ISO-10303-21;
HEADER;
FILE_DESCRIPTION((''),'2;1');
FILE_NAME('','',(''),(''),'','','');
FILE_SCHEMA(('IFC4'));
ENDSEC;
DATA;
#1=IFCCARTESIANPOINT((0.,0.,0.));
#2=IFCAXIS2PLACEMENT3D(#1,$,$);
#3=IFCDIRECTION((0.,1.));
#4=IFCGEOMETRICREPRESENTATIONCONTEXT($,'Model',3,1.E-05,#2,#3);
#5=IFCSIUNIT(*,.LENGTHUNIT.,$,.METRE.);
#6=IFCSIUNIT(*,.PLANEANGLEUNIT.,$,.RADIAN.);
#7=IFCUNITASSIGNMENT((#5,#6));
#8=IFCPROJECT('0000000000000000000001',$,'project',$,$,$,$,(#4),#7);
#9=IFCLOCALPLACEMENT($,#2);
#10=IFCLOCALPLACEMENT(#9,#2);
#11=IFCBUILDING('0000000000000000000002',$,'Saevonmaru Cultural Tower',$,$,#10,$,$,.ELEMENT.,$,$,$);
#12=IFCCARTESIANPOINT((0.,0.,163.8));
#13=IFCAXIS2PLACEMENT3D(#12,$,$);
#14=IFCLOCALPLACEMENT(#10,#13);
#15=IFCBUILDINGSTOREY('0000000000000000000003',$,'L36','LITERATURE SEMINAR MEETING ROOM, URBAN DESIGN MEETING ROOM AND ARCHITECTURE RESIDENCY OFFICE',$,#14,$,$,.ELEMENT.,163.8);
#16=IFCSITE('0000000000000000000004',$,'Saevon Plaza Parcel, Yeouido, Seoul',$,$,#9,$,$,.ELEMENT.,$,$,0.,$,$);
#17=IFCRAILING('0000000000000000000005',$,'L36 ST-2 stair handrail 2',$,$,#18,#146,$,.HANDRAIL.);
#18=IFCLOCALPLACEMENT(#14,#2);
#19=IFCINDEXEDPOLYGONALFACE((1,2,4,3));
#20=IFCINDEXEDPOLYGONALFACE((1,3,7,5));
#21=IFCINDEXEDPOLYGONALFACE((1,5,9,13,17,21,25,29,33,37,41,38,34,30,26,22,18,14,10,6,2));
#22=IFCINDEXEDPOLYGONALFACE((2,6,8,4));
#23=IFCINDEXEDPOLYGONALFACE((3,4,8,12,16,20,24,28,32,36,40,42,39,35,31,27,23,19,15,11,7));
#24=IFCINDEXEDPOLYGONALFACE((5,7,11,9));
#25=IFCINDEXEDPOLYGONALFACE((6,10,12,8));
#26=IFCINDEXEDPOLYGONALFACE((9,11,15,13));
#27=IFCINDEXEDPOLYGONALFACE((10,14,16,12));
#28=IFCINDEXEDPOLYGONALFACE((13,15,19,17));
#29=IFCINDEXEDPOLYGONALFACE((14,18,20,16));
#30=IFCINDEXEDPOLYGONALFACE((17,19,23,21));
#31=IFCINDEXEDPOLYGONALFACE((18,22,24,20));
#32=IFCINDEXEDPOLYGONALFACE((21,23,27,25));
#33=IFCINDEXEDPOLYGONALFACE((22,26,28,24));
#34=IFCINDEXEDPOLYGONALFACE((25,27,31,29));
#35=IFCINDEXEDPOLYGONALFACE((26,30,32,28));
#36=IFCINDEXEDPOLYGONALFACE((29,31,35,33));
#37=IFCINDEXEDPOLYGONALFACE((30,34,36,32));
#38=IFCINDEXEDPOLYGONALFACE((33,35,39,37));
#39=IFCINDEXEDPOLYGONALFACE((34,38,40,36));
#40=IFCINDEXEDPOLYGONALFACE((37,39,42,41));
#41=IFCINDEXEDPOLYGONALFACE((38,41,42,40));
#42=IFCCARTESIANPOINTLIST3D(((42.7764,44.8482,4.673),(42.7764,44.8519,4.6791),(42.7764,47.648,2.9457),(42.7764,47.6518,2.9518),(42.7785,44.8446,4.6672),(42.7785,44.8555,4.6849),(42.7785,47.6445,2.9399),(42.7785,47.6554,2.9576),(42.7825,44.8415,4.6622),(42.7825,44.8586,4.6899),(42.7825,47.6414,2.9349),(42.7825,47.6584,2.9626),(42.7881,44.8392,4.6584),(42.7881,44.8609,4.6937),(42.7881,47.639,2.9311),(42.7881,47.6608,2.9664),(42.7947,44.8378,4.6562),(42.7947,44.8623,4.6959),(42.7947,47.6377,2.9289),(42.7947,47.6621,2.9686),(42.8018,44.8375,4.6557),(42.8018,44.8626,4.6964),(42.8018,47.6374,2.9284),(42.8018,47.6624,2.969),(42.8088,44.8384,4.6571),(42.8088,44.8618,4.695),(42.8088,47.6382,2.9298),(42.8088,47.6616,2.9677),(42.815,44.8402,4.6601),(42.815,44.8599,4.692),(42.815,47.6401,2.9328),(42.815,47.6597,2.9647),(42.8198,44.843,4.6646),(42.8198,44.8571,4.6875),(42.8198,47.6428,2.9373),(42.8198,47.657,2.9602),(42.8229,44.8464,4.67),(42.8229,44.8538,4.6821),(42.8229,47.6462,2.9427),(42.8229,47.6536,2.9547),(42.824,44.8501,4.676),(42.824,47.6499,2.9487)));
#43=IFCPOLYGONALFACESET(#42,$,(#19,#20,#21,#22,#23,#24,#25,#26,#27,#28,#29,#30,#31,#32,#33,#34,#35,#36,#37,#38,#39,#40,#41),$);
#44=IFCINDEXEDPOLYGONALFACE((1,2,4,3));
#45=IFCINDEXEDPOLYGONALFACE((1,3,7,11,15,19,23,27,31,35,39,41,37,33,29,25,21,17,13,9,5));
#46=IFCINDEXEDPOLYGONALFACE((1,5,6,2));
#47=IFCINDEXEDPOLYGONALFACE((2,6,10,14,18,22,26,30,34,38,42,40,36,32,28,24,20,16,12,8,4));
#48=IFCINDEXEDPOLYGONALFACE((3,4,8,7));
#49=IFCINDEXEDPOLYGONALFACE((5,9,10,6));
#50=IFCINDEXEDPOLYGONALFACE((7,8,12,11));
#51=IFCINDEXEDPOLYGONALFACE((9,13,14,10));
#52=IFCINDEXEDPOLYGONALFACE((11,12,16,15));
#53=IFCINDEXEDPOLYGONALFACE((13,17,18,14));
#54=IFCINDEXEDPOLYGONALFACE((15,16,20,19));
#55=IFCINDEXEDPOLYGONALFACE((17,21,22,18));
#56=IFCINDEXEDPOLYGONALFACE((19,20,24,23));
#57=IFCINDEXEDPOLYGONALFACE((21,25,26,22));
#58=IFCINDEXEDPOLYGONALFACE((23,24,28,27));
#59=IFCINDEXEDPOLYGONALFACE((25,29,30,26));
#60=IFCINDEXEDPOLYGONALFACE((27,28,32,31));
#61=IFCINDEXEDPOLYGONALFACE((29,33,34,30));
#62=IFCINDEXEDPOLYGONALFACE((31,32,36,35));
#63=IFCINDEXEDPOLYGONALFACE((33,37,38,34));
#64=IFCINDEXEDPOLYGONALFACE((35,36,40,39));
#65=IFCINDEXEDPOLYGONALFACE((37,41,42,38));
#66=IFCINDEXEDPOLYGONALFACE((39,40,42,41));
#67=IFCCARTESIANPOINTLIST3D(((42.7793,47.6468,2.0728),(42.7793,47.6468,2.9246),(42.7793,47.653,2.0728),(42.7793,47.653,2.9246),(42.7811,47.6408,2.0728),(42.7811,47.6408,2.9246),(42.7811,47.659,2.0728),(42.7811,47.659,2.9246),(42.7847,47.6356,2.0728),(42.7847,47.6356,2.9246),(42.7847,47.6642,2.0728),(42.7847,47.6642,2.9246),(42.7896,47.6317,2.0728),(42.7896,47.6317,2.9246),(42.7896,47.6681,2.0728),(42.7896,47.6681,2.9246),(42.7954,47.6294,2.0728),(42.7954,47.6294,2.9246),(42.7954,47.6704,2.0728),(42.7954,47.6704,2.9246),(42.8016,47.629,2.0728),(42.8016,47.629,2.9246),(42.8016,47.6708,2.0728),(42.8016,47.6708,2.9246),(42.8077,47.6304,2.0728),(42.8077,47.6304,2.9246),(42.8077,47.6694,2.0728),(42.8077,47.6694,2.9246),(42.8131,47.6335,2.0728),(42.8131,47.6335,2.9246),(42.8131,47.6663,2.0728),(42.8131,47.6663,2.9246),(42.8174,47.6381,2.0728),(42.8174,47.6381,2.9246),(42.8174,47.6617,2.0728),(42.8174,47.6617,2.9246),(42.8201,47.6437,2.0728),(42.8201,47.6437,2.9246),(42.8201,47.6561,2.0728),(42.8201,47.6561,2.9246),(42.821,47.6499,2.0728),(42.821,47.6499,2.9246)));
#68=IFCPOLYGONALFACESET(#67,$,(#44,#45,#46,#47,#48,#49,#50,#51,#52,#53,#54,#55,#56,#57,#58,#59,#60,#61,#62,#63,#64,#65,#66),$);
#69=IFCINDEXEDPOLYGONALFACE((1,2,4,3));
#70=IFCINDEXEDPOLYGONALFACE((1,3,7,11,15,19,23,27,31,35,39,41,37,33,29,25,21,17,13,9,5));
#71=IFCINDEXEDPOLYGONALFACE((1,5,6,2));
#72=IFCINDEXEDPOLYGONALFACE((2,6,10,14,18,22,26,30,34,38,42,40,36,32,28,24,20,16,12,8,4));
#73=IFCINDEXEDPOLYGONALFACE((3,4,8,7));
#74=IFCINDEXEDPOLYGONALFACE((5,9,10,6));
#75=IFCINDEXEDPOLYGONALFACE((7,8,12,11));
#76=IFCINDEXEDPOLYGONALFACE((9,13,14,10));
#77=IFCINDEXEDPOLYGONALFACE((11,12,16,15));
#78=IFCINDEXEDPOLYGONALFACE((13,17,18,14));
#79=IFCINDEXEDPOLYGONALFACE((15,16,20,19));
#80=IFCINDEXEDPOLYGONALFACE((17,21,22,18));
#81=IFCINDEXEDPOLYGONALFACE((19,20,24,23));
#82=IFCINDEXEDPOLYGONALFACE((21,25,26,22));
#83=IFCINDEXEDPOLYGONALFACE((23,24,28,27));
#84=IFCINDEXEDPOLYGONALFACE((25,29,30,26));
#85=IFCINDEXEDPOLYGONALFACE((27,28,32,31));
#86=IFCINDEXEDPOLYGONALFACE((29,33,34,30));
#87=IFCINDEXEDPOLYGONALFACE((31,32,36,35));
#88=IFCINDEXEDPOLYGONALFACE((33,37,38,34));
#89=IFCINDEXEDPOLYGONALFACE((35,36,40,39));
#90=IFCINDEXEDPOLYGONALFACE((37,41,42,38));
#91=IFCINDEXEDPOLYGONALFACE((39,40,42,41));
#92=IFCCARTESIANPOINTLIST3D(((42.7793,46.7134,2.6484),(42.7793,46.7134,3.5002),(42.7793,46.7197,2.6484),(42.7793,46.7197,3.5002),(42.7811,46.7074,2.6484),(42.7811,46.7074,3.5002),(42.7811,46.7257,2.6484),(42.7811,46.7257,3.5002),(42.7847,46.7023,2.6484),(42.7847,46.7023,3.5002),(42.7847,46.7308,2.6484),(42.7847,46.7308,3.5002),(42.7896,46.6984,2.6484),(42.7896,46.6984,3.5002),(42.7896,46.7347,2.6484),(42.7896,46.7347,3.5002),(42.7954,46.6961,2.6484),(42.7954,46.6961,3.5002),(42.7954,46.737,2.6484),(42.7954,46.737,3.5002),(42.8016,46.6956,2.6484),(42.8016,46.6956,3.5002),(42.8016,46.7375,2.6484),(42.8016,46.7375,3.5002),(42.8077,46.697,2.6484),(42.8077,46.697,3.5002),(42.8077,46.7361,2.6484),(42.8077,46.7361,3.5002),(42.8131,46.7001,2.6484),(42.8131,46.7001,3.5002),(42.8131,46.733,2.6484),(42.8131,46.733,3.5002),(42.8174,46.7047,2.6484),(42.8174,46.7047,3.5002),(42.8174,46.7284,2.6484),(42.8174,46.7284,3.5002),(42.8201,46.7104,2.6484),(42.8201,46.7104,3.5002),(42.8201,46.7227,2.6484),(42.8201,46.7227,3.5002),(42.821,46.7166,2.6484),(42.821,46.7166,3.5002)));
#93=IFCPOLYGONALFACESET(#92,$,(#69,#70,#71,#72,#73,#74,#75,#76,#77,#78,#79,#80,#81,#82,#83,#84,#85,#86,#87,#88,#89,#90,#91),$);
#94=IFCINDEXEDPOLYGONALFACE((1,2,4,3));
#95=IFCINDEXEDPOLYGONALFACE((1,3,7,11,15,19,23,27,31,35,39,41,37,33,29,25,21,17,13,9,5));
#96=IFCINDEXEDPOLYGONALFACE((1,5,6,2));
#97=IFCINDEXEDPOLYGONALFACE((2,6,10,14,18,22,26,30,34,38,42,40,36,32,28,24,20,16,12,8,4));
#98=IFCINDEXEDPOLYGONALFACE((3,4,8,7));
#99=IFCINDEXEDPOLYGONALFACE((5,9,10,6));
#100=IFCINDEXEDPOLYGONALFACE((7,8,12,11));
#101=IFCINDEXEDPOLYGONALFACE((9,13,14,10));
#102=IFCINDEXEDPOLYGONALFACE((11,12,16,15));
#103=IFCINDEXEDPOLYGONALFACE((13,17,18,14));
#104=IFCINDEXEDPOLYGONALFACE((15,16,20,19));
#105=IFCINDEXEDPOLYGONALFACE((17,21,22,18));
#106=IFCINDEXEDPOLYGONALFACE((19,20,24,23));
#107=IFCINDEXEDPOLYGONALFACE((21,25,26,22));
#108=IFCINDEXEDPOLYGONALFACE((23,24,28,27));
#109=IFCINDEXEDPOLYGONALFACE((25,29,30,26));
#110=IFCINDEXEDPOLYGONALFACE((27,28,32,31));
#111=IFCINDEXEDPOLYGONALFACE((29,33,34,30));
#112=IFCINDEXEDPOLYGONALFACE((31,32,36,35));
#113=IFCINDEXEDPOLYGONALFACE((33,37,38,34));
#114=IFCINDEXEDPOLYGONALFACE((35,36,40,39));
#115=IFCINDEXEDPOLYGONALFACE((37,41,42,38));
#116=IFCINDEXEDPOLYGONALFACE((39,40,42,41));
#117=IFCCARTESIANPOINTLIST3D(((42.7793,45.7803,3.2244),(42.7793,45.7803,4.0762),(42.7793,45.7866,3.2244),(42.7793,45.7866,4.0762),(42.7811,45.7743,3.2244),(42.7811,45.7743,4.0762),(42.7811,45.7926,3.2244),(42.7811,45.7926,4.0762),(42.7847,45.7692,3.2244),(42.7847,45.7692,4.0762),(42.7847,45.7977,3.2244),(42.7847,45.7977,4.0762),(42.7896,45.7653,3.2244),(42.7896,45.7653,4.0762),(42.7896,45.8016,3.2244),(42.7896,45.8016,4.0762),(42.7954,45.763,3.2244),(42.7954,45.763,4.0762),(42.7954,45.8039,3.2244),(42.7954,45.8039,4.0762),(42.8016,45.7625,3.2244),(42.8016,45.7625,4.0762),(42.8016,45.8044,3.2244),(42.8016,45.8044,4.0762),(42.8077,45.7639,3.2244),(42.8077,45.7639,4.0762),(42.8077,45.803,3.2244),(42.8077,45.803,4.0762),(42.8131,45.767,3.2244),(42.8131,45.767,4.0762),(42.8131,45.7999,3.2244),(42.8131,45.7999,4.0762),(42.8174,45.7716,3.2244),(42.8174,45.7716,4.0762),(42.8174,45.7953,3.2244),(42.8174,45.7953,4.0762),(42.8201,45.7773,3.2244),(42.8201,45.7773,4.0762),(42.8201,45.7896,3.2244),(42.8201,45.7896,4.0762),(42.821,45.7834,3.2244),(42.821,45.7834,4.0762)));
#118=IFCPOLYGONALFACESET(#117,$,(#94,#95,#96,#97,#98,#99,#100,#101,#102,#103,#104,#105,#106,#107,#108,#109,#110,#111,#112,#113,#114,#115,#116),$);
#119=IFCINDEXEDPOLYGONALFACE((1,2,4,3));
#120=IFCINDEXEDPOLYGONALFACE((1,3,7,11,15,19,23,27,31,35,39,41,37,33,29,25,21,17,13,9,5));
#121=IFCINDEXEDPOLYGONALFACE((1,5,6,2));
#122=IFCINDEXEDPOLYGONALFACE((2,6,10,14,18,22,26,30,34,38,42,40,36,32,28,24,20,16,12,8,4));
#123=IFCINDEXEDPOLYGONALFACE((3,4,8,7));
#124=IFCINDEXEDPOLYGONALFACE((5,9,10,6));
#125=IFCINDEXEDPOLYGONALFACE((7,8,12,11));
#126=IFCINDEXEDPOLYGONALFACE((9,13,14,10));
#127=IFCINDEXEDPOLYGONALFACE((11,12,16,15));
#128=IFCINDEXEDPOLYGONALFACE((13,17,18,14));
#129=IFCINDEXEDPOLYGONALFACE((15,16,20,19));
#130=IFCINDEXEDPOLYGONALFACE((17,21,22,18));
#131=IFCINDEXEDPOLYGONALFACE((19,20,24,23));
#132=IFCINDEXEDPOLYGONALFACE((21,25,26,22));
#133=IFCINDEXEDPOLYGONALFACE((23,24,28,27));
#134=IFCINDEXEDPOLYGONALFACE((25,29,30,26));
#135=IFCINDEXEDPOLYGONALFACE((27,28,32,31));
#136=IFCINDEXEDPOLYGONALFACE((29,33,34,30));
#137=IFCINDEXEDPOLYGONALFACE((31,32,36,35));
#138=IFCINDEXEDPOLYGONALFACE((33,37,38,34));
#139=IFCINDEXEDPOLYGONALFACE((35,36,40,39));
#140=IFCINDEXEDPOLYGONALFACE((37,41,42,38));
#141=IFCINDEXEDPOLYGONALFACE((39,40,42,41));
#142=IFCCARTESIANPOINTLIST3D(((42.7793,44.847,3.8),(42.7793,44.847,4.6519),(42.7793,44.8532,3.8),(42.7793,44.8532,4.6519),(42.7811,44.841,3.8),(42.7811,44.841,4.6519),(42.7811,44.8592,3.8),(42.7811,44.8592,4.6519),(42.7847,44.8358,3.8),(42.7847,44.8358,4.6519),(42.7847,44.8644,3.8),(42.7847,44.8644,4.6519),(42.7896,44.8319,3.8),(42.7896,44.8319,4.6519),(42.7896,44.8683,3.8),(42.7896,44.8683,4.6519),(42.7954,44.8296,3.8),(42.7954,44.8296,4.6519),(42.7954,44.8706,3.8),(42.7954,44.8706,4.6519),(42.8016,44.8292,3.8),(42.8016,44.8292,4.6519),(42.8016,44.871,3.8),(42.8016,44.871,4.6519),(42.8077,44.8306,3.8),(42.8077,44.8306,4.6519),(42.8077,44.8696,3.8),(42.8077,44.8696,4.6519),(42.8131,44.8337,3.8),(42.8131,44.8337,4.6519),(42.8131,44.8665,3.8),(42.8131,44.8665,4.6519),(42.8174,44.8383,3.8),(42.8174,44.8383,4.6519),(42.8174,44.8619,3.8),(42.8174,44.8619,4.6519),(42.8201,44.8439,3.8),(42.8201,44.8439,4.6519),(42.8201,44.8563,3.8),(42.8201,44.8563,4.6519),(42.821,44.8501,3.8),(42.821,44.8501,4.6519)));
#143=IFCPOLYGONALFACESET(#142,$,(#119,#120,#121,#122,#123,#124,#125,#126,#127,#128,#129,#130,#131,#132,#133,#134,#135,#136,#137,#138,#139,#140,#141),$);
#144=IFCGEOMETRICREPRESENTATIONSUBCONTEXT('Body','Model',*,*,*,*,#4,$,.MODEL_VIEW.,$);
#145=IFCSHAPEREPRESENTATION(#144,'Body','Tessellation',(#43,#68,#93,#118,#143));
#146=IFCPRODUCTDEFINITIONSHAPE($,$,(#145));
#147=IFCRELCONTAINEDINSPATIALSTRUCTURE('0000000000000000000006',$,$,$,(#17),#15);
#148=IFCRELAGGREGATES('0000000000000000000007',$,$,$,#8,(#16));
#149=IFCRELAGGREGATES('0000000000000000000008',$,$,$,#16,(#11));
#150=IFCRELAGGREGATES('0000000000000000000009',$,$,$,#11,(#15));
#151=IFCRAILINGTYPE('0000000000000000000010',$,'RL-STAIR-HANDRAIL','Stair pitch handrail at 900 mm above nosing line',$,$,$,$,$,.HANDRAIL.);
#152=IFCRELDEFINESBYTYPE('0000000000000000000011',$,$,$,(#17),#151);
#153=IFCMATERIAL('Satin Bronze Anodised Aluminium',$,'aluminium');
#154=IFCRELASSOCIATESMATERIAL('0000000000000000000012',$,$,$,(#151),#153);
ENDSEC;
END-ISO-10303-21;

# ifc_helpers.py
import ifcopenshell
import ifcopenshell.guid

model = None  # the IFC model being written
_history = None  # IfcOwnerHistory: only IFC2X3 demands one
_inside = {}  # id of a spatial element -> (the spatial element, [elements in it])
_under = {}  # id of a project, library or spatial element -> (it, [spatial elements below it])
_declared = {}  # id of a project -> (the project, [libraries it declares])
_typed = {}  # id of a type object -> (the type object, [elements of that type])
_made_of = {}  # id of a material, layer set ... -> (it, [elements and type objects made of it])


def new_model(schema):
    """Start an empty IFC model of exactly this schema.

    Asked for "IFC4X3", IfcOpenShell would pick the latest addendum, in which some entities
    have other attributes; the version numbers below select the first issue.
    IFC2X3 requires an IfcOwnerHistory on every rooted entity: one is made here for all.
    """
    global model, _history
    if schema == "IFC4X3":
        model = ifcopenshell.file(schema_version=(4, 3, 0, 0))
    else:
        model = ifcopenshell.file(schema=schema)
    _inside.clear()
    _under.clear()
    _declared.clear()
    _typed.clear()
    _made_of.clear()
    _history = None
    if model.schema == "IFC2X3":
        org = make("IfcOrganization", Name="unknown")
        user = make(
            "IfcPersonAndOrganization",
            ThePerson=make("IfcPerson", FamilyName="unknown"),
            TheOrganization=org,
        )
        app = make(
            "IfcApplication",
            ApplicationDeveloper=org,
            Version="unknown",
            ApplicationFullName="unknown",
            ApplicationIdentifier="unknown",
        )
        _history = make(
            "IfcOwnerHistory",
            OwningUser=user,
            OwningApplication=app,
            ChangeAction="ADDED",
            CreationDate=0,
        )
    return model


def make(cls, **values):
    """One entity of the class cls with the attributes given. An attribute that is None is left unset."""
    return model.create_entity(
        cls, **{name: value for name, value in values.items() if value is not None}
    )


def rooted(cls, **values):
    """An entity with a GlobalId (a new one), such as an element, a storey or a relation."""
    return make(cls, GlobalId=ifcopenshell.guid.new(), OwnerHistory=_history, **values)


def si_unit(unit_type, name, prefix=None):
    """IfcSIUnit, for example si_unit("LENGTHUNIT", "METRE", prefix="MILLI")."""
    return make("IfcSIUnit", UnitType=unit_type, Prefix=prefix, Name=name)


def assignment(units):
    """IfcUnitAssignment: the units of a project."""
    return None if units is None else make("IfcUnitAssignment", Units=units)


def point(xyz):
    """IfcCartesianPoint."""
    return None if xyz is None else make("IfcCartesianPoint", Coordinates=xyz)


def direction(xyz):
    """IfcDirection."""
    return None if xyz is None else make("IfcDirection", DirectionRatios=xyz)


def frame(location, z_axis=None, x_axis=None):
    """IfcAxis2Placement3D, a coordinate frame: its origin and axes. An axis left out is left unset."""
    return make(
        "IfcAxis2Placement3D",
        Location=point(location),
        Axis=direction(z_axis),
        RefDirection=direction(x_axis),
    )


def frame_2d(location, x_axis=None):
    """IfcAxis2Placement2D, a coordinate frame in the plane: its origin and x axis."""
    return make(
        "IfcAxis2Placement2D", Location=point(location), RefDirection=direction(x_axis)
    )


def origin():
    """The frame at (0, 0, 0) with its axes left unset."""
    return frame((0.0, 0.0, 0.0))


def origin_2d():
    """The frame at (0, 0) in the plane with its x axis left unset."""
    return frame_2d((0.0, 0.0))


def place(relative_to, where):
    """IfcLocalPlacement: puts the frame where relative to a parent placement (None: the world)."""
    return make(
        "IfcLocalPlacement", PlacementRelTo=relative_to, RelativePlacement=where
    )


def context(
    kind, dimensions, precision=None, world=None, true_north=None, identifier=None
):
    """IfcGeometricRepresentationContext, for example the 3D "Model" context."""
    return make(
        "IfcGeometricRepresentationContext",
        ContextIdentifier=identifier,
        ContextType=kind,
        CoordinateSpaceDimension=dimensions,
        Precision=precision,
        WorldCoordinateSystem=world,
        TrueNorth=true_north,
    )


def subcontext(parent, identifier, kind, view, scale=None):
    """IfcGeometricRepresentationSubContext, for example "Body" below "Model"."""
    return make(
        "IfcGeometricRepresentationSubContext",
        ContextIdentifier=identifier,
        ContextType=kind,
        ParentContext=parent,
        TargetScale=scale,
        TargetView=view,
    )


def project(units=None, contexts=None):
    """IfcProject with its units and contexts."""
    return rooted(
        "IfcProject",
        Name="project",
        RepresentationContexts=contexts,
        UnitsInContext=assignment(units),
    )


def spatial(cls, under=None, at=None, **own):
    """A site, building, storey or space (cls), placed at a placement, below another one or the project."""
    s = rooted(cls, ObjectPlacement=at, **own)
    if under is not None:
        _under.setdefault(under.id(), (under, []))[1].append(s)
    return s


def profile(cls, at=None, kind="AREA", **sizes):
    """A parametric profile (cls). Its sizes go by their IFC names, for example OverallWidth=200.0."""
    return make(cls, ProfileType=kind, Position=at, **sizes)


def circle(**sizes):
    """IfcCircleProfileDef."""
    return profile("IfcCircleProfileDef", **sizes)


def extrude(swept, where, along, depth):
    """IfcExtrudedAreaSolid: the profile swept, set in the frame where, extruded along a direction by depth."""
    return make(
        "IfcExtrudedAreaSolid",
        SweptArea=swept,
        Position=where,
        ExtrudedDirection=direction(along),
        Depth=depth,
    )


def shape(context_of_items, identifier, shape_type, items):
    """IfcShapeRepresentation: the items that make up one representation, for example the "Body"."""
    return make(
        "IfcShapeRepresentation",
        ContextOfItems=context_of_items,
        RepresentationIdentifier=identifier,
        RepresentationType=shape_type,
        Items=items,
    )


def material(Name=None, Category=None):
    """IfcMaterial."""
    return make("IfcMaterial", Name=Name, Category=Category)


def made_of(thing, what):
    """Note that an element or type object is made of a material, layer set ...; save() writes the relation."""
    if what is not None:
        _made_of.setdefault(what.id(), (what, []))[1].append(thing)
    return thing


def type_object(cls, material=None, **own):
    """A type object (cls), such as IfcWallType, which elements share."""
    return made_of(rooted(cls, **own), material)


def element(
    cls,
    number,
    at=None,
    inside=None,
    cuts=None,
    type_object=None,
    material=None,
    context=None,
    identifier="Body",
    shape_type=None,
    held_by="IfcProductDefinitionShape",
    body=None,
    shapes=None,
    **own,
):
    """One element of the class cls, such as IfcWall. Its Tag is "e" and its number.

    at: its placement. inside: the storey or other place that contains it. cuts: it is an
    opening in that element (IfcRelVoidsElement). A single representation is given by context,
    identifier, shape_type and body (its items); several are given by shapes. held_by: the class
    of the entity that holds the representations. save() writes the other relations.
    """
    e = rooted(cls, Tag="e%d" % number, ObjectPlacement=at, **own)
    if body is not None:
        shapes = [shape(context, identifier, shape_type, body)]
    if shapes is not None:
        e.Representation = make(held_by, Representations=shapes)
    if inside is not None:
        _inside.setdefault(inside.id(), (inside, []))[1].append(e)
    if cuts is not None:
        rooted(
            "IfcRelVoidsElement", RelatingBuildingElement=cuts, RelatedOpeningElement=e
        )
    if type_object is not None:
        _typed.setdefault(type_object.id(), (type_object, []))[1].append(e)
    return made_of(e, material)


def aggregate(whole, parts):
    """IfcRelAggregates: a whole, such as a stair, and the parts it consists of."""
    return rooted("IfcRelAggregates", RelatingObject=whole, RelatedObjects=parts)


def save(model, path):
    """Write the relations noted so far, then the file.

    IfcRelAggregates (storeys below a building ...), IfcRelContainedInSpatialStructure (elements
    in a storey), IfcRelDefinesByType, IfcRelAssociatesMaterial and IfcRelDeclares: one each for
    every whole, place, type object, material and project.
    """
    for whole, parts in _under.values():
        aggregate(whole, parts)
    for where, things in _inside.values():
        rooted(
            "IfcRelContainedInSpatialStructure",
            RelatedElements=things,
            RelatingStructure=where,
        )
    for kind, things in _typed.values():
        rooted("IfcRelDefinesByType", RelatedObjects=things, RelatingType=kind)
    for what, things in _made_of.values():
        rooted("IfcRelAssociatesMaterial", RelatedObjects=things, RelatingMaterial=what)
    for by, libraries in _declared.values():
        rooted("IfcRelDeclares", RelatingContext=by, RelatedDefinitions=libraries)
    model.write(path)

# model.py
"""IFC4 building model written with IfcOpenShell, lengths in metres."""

from ifc_helpers import new_model, si_unit, direction, frame, origin, origin_2d, place, context, subcontext, project, spatial, circle, extrude, material, type_object, element, save


model = new_model("IFC4")

# Units and contexts
model_context = context("Model", 3, precision=1e-05, world=origin(), true_north=direction((0.0, 1.0)))
body_context = subcontext(model_context, "Body", "Model", "MODEL_VIEW")
ifc_project = project(units=[si_unit("LENGTHUNIT", "METRE"), si_unit("PLANEANGLEUNIT", "RADIAN")], contexts=[model_context])

# Site, building, storey
site_placement = place(None, origin())
site = spatial("IfcSite", under=ifc_project, at=site_placement, Name="Saevon Plaza Parcel, Yeouido, Seoul", CompositionType="ELEMENT", RefElevation=0.0)
building_placement = place(site_placement, origin())
building = spatial("IfcBuilding", under=site, at=building_placement, Name="Saevonmaru Cultural Tower", CompositionType="ELEMENT")
storey_placement = place(building_placement, frame((0.0, 0.0, 163.8)))
storey = spatial("IfcBuildingStorey", under=building, at=storey_placement, Name="L36", Description="LITERATURE SEMINAR MEETING ROOM, URBAN DESIGN MEETING ROOM AND ARCHITECTURE RESIDENCY OFFICE", CompositionType="ELEMENT", Elevation=163.8)

# Shared definitions
ifc_material_1 = material(Name="Satin Bronze Anodised Aluminium", Category="aluminium")

# Railing
railing_type = type_object("IfcRailingType", Name="RL-STAIR-HANDRAIL", Description="Stair pitch handrail at 900 mm above nosing line", PredefinedType="HANDRAIL", material=ifc_material_1)
railing_placement = place(storey_placement, frame((42.8, 47.6499, 2.0728)))
element("IfcRailing", 1, at=railing_placement, inside=storey, type_object=railing_type, Name="L36 ST-2 stair handrail 2", PredefinedType="HANDRAIL", context=body_context, shape_type="SweptSolid", body=[
    extrude(circle(Radius=0.0239, at=origin_2d()), frame((0.0, 0.0, 0.876), z_axis=(0.0, -0.851069, 0.525054), x_axis=(1.0, 0.0, 0.0)), (0.0, 0.0, 1.0), 3.2898),
    extrude(circle(Radius=0.021, at=origin_2d()), origin(), (0.0, 0.0, 1.0), 0.8518),
    extrude(circle(Radius=0.021, at=origin_2d()), frame((0.0, -0.9333, 0.5757)), (0.0, 0.0, 1.0), 0.8518),
    extrude(circle(Radius=0.021, at=origin_2d()), frame((0.0, -1.8665, 1.1516)), (0.0, 0.0, 1.0), 0.8518),
    extrude(circle(Radius=0.021, at=origin_2d()), frame((0.0, -2.7998, 1.7273)), (0.0, 0.0, 1.0), 0.8518),
])

save(model, "model.ifc")
